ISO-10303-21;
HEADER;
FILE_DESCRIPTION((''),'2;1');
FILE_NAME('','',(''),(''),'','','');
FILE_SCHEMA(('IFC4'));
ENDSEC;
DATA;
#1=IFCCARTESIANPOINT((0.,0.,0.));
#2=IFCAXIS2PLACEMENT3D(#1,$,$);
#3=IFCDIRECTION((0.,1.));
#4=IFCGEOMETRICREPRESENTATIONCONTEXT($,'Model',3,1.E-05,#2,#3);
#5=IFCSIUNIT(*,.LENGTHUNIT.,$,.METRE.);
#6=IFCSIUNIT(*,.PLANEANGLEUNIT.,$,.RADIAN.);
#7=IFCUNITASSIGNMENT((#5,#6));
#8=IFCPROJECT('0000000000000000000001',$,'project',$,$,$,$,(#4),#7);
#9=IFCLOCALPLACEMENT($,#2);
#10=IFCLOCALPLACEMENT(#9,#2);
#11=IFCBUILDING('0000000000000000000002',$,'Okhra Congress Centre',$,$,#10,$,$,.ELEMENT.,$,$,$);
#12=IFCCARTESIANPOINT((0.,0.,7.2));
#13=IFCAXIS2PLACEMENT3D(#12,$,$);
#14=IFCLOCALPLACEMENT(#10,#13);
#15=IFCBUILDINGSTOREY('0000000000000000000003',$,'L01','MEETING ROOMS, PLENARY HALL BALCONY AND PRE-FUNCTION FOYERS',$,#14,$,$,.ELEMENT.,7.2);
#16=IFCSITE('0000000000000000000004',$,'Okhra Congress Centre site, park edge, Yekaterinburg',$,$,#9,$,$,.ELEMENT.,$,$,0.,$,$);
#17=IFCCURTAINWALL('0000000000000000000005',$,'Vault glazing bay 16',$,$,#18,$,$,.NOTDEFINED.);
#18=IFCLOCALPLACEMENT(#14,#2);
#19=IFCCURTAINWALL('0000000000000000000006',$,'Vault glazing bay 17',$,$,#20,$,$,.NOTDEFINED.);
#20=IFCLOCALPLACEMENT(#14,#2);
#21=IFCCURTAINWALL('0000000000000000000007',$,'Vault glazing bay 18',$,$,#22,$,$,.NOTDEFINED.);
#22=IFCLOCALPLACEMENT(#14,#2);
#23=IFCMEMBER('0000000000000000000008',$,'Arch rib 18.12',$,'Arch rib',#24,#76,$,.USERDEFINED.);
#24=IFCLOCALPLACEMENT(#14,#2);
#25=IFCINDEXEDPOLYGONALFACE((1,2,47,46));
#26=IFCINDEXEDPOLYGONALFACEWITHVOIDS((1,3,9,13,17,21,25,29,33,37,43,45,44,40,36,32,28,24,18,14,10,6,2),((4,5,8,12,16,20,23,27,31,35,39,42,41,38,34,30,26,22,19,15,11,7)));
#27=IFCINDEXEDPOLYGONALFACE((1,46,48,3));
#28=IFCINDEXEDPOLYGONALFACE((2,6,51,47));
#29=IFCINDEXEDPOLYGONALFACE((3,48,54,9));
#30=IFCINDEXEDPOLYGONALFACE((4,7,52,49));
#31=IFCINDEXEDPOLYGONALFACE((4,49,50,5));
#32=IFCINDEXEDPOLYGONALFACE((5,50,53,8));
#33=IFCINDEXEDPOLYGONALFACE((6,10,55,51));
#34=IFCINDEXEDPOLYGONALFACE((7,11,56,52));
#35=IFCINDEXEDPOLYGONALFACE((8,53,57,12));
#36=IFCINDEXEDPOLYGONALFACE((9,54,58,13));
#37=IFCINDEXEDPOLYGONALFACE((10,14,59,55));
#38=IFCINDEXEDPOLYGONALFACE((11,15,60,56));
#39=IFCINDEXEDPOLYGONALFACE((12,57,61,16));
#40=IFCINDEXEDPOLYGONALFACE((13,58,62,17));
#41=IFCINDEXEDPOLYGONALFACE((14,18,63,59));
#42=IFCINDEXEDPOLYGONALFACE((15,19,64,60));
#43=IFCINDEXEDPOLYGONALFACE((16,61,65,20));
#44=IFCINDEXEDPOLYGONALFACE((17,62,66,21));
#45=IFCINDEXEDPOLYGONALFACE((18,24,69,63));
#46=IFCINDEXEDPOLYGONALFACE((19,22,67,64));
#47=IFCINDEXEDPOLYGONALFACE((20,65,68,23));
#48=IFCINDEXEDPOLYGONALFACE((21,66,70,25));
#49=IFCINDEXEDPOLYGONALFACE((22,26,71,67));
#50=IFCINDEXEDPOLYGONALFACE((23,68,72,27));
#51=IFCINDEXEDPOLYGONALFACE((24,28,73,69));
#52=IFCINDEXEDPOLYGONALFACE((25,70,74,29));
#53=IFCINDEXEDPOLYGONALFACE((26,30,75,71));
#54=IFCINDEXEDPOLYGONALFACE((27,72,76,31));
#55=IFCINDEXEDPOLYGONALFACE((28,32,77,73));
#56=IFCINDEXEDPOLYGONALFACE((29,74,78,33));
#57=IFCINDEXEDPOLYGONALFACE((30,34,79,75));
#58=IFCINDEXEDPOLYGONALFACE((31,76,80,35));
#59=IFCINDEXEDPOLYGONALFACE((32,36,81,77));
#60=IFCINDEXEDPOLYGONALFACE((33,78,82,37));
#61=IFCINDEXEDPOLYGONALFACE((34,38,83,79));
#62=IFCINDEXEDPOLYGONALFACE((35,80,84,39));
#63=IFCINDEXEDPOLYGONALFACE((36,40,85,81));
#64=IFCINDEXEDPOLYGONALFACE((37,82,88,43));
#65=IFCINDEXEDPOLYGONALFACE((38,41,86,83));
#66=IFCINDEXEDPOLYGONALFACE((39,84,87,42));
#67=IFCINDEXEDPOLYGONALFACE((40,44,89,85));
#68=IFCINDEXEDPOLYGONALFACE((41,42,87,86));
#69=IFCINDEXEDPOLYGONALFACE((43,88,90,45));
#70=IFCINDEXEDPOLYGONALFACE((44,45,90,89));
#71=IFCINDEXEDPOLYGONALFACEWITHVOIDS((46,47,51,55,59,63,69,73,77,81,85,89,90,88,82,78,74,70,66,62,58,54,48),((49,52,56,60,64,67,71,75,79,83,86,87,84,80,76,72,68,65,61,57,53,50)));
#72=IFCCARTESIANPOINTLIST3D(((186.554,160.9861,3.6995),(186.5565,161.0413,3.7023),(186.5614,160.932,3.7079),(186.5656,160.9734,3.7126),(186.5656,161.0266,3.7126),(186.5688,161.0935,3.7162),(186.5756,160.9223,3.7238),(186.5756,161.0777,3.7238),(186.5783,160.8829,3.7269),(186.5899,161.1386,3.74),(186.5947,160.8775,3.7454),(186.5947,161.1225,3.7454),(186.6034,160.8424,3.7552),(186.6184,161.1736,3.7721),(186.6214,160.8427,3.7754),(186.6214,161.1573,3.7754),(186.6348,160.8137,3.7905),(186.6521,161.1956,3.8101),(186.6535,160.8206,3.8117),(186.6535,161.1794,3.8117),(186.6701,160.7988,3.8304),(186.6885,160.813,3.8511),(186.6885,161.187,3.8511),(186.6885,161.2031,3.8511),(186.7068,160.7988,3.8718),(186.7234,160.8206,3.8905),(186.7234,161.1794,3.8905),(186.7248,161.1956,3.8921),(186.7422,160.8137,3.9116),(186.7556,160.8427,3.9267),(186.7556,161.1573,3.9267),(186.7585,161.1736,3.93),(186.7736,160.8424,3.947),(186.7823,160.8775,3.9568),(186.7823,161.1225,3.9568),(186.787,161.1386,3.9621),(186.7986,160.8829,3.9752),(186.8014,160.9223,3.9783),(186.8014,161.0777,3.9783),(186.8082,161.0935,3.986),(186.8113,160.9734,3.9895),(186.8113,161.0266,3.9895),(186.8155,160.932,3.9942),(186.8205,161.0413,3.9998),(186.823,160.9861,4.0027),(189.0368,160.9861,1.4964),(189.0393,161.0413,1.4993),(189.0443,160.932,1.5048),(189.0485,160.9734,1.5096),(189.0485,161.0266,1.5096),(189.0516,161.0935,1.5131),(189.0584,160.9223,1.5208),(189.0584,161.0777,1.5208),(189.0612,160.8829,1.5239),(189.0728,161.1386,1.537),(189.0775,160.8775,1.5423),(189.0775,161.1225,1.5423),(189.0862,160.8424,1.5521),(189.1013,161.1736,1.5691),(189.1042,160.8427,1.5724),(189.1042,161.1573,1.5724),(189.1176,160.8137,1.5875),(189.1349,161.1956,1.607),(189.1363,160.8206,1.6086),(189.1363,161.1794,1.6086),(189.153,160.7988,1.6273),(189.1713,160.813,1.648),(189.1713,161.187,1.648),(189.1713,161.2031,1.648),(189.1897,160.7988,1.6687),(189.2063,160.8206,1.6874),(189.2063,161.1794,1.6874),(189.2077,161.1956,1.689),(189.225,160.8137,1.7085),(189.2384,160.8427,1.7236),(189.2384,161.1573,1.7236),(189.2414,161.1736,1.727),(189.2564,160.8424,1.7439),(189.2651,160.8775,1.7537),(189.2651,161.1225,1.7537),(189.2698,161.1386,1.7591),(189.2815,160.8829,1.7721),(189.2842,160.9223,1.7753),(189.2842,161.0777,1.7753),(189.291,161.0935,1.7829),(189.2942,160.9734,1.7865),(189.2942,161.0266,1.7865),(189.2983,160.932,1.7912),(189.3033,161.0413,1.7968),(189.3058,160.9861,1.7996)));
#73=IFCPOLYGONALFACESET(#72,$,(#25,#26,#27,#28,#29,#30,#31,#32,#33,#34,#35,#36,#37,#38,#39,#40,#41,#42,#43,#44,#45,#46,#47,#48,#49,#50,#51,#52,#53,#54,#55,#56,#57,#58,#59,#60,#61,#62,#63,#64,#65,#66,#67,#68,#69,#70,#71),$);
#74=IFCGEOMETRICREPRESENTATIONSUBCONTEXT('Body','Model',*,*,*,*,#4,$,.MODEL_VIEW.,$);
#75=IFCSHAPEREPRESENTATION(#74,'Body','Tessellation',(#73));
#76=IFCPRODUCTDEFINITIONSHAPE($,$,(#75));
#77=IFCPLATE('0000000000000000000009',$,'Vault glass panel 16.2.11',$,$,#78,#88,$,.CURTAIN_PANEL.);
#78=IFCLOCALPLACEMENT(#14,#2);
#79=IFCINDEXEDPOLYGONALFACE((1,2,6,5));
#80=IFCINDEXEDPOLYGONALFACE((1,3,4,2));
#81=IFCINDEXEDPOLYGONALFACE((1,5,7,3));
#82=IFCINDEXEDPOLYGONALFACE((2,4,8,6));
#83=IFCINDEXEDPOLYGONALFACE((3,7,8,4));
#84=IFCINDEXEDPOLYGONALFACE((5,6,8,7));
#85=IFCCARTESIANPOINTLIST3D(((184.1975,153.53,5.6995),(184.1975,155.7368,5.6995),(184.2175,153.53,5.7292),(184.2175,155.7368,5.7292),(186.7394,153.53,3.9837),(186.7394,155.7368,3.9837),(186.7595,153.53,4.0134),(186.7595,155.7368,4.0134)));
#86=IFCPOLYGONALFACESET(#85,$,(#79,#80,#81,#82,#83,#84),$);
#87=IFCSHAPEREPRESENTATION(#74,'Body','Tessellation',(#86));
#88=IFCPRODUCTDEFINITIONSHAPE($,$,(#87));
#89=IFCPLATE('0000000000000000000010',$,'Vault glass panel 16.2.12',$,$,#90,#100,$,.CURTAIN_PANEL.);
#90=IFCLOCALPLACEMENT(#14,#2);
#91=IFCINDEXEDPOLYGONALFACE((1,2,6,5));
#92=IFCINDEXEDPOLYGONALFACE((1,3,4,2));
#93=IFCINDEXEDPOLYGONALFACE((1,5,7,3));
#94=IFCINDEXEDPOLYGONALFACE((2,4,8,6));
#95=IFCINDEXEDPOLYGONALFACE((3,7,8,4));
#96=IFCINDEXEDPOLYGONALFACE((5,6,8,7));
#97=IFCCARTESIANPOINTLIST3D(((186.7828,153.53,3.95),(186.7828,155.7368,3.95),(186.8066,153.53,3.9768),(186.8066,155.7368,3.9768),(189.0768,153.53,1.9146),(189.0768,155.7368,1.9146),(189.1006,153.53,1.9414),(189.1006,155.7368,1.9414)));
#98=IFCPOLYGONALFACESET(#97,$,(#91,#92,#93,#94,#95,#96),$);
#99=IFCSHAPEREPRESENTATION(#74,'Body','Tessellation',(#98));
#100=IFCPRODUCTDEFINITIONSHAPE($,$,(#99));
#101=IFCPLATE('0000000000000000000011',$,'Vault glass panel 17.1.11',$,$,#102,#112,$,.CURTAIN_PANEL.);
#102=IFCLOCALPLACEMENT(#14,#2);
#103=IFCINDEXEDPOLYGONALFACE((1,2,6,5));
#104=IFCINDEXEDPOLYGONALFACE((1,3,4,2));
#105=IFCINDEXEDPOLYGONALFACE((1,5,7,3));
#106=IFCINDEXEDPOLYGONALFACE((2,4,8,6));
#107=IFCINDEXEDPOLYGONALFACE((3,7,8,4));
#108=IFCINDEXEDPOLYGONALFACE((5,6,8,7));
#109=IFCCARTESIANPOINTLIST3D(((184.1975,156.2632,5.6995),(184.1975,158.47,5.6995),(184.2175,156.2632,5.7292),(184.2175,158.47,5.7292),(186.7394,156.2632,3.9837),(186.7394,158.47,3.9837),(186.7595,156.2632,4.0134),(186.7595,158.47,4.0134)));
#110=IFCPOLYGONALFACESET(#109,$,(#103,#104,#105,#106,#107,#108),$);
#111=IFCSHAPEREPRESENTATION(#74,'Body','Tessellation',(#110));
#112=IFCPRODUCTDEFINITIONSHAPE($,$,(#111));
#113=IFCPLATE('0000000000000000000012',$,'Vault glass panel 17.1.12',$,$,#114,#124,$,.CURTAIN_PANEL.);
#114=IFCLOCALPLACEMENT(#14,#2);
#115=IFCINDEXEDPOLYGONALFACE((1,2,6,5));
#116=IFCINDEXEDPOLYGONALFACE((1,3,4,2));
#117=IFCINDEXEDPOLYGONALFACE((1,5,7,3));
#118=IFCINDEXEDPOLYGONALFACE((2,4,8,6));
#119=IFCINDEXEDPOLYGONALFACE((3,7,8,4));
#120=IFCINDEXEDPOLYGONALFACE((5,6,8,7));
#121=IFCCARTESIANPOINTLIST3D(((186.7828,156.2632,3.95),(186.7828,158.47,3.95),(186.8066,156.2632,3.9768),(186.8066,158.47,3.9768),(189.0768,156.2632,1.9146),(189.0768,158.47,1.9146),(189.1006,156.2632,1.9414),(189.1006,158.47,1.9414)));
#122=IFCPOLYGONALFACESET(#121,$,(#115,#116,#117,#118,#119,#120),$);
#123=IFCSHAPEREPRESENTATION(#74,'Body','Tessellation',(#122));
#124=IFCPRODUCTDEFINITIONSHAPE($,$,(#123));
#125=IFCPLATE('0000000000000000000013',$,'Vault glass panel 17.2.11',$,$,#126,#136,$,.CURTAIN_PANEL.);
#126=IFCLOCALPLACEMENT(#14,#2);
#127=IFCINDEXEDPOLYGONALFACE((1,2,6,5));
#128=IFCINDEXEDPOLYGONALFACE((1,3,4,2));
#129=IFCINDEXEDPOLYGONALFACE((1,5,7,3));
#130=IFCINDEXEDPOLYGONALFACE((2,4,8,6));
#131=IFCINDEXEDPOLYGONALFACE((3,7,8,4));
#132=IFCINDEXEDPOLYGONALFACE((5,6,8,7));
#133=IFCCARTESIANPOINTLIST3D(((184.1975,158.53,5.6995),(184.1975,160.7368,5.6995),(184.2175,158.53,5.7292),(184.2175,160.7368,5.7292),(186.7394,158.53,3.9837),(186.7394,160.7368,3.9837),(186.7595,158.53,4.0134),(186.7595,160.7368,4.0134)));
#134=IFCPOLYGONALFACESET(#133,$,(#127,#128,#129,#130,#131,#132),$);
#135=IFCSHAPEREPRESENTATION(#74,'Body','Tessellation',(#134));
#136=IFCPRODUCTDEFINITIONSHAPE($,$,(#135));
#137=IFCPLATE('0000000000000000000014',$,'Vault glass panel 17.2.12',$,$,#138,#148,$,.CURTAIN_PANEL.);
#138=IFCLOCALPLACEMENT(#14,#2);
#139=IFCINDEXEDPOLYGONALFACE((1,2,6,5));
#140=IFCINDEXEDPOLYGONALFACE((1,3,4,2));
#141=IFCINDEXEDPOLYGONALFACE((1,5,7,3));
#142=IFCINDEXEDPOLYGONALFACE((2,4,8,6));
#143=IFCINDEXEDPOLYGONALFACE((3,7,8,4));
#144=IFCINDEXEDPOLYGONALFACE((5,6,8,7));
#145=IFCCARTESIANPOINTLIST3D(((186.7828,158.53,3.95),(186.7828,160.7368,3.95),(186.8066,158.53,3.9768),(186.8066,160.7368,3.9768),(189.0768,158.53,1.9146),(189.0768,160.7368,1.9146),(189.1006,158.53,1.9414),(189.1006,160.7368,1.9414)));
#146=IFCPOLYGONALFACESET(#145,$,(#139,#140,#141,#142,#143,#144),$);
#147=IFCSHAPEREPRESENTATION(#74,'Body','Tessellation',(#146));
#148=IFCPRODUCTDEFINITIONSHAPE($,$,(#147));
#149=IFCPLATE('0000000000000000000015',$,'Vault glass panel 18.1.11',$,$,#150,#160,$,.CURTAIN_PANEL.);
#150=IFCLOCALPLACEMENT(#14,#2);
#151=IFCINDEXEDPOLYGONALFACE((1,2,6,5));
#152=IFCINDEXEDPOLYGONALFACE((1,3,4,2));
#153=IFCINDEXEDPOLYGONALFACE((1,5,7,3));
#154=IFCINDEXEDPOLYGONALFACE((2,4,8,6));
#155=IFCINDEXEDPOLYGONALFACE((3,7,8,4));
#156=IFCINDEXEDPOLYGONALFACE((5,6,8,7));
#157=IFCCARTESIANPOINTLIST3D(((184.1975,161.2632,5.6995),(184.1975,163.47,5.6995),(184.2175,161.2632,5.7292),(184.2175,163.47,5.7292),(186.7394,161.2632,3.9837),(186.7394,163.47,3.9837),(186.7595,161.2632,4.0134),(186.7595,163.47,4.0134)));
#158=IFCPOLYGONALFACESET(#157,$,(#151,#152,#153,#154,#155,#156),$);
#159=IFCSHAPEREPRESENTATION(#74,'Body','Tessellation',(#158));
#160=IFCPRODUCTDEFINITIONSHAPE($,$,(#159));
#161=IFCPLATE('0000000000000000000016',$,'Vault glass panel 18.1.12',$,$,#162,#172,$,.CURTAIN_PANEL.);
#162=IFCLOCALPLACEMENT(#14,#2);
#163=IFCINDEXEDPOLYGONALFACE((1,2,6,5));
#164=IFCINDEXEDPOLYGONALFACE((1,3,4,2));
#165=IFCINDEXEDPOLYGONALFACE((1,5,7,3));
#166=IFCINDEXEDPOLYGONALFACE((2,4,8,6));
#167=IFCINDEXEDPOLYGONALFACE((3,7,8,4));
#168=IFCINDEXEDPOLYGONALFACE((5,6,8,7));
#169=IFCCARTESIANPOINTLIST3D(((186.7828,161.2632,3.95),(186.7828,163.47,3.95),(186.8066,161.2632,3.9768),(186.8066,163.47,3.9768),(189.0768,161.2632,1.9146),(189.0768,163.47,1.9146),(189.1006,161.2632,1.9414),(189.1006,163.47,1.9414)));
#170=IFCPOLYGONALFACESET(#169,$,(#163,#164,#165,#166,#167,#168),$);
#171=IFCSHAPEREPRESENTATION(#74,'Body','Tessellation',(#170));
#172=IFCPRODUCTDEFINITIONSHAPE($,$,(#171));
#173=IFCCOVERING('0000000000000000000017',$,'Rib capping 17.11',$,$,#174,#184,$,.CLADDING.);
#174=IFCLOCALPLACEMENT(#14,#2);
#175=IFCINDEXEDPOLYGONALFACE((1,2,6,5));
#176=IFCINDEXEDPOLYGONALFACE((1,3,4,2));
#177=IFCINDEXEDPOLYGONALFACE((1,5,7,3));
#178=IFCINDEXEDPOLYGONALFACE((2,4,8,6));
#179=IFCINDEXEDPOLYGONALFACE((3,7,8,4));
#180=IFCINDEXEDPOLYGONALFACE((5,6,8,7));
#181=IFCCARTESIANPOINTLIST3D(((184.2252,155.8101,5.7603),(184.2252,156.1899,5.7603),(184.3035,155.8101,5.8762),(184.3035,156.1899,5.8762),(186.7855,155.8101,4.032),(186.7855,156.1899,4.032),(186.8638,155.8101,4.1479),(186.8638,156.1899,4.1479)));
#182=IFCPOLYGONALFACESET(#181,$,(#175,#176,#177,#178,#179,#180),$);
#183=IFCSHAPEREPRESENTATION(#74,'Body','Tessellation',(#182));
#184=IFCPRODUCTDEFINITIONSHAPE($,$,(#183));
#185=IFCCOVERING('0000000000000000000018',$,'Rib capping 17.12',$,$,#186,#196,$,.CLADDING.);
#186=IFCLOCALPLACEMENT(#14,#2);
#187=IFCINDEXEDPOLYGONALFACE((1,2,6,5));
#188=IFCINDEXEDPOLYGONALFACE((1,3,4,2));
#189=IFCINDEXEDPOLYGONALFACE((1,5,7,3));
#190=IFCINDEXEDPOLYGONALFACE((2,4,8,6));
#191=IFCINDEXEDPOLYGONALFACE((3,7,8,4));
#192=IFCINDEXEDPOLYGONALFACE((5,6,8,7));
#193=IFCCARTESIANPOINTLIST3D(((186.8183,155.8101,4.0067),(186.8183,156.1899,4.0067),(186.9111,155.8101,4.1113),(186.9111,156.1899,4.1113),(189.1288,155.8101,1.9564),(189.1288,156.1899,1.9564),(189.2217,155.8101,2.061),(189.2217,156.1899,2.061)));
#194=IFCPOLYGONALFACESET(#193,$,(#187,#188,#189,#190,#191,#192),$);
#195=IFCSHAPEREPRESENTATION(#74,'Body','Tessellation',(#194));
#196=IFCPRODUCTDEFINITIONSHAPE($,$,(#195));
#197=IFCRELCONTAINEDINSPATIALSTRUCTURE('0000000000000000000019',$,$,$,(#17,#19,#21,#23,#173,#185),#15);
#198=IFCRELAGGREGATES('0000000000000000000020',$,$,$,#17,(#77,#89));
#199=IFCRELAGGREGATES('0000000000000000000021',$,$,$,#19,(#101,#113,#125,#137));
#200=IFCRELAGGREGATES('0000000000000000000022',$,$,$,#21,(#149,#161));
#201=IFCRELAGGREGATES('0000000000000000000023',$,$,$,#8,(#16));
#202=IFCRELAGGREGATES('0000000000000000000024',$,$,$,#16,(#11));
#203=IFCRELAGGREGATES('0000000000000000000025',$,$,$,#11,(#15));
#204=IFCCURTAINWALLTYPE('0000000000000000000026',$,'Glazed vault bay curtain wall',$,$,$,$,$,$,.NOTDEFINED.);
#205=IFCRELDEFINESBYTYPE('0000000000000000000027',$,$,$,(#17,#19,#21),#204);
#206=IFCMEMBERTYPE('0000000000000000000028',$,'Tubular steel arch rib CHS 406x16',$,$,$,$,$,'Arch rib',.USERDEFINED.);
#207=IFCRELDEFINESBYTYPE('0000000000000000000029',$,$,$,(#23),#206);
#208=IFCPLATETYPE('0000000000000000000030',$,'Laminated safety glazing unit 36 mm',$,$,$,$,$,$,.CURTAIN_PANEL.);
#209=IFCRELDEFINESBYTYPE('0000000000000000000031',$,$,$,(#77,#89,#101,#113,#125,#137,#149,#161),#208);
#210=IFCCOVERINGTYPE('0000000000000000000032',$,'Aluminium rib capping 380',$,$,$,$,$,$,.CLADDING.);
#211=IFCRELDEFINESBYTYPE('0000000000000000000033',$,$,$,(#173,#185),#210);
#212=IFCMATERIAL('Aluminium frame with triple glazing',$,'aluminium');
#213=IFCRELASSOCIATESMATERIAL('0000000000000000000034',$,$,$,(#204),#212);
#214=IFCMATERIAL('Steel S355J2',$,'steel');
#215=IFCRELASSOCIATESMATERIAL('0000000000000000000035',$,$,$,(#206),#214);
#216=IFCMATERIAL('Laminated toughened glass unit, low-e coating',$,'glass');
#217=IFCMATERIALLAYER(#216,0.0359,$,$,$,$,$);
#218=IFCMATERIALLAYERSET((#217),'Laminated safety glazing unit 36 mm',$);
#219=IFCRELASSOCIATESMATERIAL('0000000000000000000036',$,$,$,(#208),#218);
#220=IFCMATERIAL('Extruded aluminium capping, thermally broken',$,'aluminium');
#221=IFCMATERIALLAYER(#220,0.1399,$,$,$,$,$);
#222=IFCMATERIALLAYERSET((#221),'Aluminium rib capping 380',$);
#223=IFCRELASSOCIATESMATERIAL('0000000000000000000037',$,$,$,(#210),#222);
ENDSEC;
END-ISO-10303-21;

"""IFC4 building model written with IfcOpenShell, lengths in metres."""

from ifc_helpers import new_model, si_unit, direction, frame, origin, origin_2d, place, context, subcontext, project, spatial, polyline, hollow_circle, outline, extrude, material, layer, layer_set, material_profile, profile_set, type_object, element, aggregate, save


model = new_model("IFC4")

# Units and contexts
model_context = context("Model", 3, precision=1e-05, world=origin(), true_north=direction((0.0, 1.0)))
body_context = subcontext(model_context, "Body", "Model", "MODEL_VIEW")
ifc_project = project(units=[si_unit("LENGTHUNIT", "METRE"), si_unit("PLANEANGLEUNIT", "RADIAN")], contexts=[model_context])

# Site, building, storey
site_placement = place(None, origin())
site = spatial("IfcSite", under=ifc_project, at=site_placement, Name="Okhra Congress Centre site, park edge, Yekaterinburg", CompositionType="ELEMENT", RefElevation=0.0)
building_placement = place(site_placement, origin())
building = spatial("IfcBuilding", under=site, at=building_placement, Name="Okhra Congress Centre", CompositionType="ELEMENT")
storey_placement = place(building_placement, frame((0.0, 0.0, 7.2)))
storey = spatial("IfcBuildingStorey", under=building, at=storey_placement, Name="L01", Description="MEETING ROOMS, PLENARY HALL BALCONY AND PRE-FUNCTION FOYERS", CompositionType="ELEMENT", Elevation=7.2)

# Curtain walls
ifc_material_1 = material(Name="Aluminium frame with triple glazing", Category="aluminium")
curtain_wall_type = type_object("IfcCurtainWallType", Name="Glazed vault bay curtain wall", PredefinedType="NOTDEFINED", material=ifc_material_1)
curtain_wall_1_placement = place(storey_placement, origin())
curtain_wall_1 = element("IfcCurtainWall", 1, at=curtain_wall_1_placement, inside=storey, type_object=curtain_wall_type, Name="Vault glazing bay 16", PredefinedType="NOTDEFINED")
curtain_wall_2_placement = place(storey_placement, origin())
curtain_wall_2 = element("IfcCurtainWall", 2, at=curtain_wall_2_placement, inside=storey, type_object=curtain_wall_type, Name="Vault glazing bay 17", PredefinedType="NOTDEFINED")
curtain_wall_3_placement = place(storey_placement, origin())
curtain_wall_3 = element("IfcCurtainWall", 3, at=curtain_wall_3_placement, inside=storey, type_object=curtain_wall_type, Name="Vault glazing bay 18", PredefinedType="NOTDEFINED")

# Member
ifc_material_2 = material(Name="Steel S355J2", Category="steel")
ifc_material_profile_1 = material_profile(ifc_material_2, hollow_circle(Radius=0.2031, WallThickness=0.0161, at=origin_2d()), Name="CHS 406.4x16")
ifc_profile_set_1 = profile_set([ifc_material_profile_1], Name="Steel S355J2")
member_type_1 = type_object("IfcMemberType", Name="Tubular steel arch rib CHS 406x16", ElementType="Arch rib", PredefinedType="USERDEFINED", material=ifc_profile_set_1)
for number, where, z_axis, x_axis, name in (
    (4, (186.6885, 161.0, 3.8511), (0.747993, 0.0, -0.663706), (0.0, 1.0, 0.0), "Arch rib 18.12"),
):
    element("IfcMember", number, at=place(storey_placement, frame(where, z_axis=z_axis, x_axis=x_axis)), inside=storey, type_object=member_type_1, Name=name, ObjectType="Arch rib", PredefinedType="USERDEFINED", context=body_context, shape_type="SweptSolid", body=[
        extrude(hollow_circle(Radius=0.2031, WallThickness=0.0161, at=origin_2d()), origin(), (0.0, 0.0, 1.0), 3.3193),
    ])

# Plates
ifc_material_3 = material(Name="Laminated toughened glass unit, low-e coating", Category="glass")
ifc_layer_1 = layer(ifc_material_3, 0.0359)
ifc_layer_set_1 = layer_set([ifc_layer_1], Name="Laminated safety glazing unit 36 mm")
plate_type = type_object("IfcPlateType", Name="Laminated safety glazing unit 36 mm", PredefinedType="CURTAIN_PANEL", material=ifc_layer_set_1)
plate_1_placement = place(storey_placement, frame((184.2175, 153.53, 5.7292), z_axis=(0.559467, 0.0, 0.828852), x_axis=(0.828852, 0.0, -0.559467)))
plate_1 = element("IfcPlate", 5, at=plate_1_placement, type_object=plate_type, Name="Vault glass panel 16.2.11", PredefinedType="CURTAIN_PANEL", context=body_context, shape_type="SweptSolid", body=[
    extrude(outline(polyline([(0.0, 0.0), (3.0669, 0.0), (3.0669, 2.2068), (0.0, 2.2068), (0.0, 0.0)])), origin(), (0.0, 0.0, -1.0), 0.0359),
])
plate_2_placement = place(storey_placement, frame((186.8066, 153.53, 3.9768), z_axis=(0.663697, 0.0, 0.748002), x_axis=(0.748002, 0.0, -0.663697)))
plate_2 = element("IfcPlate", 6, at=plate_2_placement, type_object=plate_type, Name="Vault glass panel 16.2.12", PredefinedType="CURTAIN_PANEL", context=body_context, shape_type="SweptSolid", body=[
    extrude(outline(polyline([(0.0, 0.0), (3.0668, 0.0), (3.0668, 2.2068), (0.0, 2.2068), (0.0, 0.0)])), origin(), (0.0, 0.0, -1.0), 0.0359),
])
aggregate(curtain_wall_1, [plate_1, plate_2])
plate_3_placement = place(storey_placement, frame((184.2175, 156.2632, 5.7292), z_axis=(0.559467, 0.0, 0.828852), x_axis=(0.828852, 0.0, -0.559467)))
plate_3 = element("IfcPlate", 7, at=plate_3_placement, type_object=plate_type, Name="Vault glass panel 17.1.11", PredefinedType="CURTAIN_PANEL", context=body_context, shape_type="SweptSolid", body=[
    extrude(outline(polyline([(0.0, 0.0), (3.0669, 0.0), (3.0669, 2.2068), (0.0, 2.2068), (0.0, 0.0)])), origin(), (0.0, 0.0, -1.0), 0.0359),
])
plate_4_placement = place(storey_placement, frame((186.8066, 156.2632, 3.9768), z_axis=(0.663697, 0.0, 0.748002), x_axis=(0.748002, 0.0, -0.663697)))
plate_4 = element("IfcPlate", 8, at=plate_4_placement, type_object=plate_type, Name="Vault glass panel 17.1.12", PredefinedType="CURTAIN_PANEL", context=body_context, shape_type="SweptSolid", body=[
    extrude(outline(polyline([(0.0, 0.0), (3.0668, 0.0), (3.0668, 2.2068), (0.0, 2.2068), (0.0, 0.0)])), origin(), (0.0, 0.0, -1.0), 0.0359),
])
plate_5_placement = place(storey_placement, frame((184.2175, 158.53, 5.7292), z_axis=(0.559467, 0.0, 0.828852), x_axis=(0.828852, 0.0, -0.559467)))
plate_5 = element("IfcPlate", 9, at=plate_5_placement, type_object=plate_type, Name="Vault glass panel 17.2.11", PredefinedType="CURTAIN_PANEL", context=body_context, shape_type="SweptSolid", body=[
    extrude(outline(polyline([(0.0, 0.0), (3.0669, 0.0), (3.0669, 2.2068), (0.0, 2.2068), (0.0, 0.0)])), origin(), (0.0, 0.0, -1.0), 0.0359),
])
plate_6_placement = place(storey_placement, frame((186.8066, 158.53, 3.9768), z_axis=(0.663697, 0.0, 0.748002), x_axis=(0.748002, 0.0, -0.663697)))
plate_6 = element("IfcPlate", 10, at=plate_6_placement, type_object=plate_type, Name="Vault glass panel 17.2.12", PredefinedType="CURTAIN_PANEL", context=body_context, shape_type="SweptSolid", body=[
    extrude(outline(polyline([(0.0, 0.0), (3.0668, 0.0), (3.0668, 2.2068), (0.0, 2.2068), (0.0, 0.0)])), origin(), (0.0, 0.0, -1.0), 0.0359),
])
aggregate(curtain_wall_2, [plate_3, plate_4, plate_5, plate_6])
plate_7_placement = place(storey_placement, frame((184.2175, 161.2632, 5.7292), z_axis=(0.559467, 0.0, 0.828852), x_axis=(0.828852, 0.0, -0.559467)))
plate_7 = element("IfcPlate", 11, at=plate_7_placement, type_object=plate_type, Name="Vault glass panel 18.1.11", PredefinedType="CURTAIN_PANEL", context=body_context, shape_type="SweptSolid", body=[
    extrude(outline(polyline([(0.0, 0.0), (3.0669, 0.0), (3.0669, 2.2068), (0.0, 2.2068), (0.0, 0.0)])), origin(), (0.0, 0.0, -1.0), 0.0359),
])
plate_8_placement = place(storey_placement, frame((186.8066, 161.2632, 3.9768), z_axis=(0.663697, 0.0, 0.748002), x_axis=(0.748002, 0.0, -0.663697)))
plate_8 = element("IfcPlate", 12, at=plate_8_placement, type_object=plate_type, Name="Vault glass panel 18.1.12", PredefinedType="CURTAIN_PANEL", context=body_context, shape_type="SweptSolid", body=[
    extrude(outline(polyline([(0.0, 0.0), (3.0668, 0.0), (3.0668, 2.2068), (0.0, 2.2068), (0.0, 0.0)])), origin(), (0.0, 0.0, -1.0), 0.0359),
])
aggregate(curtain_wall_3, [plate_7, plate_8])

# Coverings
ifc_material_4 = material(Name="Extruded aluminium capping, thermally broken", Category="aluminium")
ifc_layer_2 = layer(ifc_material_4, 0.1399)
ifc_layer_set_2 = layer_set([ifc_layer_2], Name="Aluminium rib capping 380")
covering_type = type_object("IfcCoveringType", Name="Aluminium rib capping 380", PredefinedType="CLADDING", material=ifc_layer_set_2)
covering_1_placement = place(storey_placement, frame((184.3035, 155.8101, 5.8762), z_axis=(0.559488, 0.0, 0.828839), x_axis=(0.828839, 0.0, -0.559488)))
element("IfcCovering", 13, at=covering_1_placement, inside=storey, type_object=covering_type, Name="Rib capping 17.11", PredefinedType="CLADDING", context=body_context, shape_type="SweptSolid", body=[
    extrude(outline(polyline([(0.0, 0.0), (3.089, 0.0), (3.089, 0.3799), (0.0, 0.3799), (0.0, 0.0)])), origin(), (0.0, 0.0, -1.0), 0.1399),
])
covering_2_placement = place(storey_placement, frame((186.9111, 155.8101, 4.1113), z_axis=(0.663726, 0.0, 0.747976), x_axis=(0.747976, 0.0, -0.663726)))
element("IfcCovering", 14, at=covering_2_placement, inside=storey, type_object=covering_type, Name="Rib capping 17.12", PredefinedType="CLADDING", context=body_context, shape_type="SweptSolid", body=[
    extrude(outline(polyline([(0.0, 0.0), (3.0891, 0.0), (3.0891, 0.3799), (0.0, 0.3799), (0.0, 0.0)])), origin(), (0.0, 0.0, -1.0), 0.1399),
])

save(model, "model.ifc")
